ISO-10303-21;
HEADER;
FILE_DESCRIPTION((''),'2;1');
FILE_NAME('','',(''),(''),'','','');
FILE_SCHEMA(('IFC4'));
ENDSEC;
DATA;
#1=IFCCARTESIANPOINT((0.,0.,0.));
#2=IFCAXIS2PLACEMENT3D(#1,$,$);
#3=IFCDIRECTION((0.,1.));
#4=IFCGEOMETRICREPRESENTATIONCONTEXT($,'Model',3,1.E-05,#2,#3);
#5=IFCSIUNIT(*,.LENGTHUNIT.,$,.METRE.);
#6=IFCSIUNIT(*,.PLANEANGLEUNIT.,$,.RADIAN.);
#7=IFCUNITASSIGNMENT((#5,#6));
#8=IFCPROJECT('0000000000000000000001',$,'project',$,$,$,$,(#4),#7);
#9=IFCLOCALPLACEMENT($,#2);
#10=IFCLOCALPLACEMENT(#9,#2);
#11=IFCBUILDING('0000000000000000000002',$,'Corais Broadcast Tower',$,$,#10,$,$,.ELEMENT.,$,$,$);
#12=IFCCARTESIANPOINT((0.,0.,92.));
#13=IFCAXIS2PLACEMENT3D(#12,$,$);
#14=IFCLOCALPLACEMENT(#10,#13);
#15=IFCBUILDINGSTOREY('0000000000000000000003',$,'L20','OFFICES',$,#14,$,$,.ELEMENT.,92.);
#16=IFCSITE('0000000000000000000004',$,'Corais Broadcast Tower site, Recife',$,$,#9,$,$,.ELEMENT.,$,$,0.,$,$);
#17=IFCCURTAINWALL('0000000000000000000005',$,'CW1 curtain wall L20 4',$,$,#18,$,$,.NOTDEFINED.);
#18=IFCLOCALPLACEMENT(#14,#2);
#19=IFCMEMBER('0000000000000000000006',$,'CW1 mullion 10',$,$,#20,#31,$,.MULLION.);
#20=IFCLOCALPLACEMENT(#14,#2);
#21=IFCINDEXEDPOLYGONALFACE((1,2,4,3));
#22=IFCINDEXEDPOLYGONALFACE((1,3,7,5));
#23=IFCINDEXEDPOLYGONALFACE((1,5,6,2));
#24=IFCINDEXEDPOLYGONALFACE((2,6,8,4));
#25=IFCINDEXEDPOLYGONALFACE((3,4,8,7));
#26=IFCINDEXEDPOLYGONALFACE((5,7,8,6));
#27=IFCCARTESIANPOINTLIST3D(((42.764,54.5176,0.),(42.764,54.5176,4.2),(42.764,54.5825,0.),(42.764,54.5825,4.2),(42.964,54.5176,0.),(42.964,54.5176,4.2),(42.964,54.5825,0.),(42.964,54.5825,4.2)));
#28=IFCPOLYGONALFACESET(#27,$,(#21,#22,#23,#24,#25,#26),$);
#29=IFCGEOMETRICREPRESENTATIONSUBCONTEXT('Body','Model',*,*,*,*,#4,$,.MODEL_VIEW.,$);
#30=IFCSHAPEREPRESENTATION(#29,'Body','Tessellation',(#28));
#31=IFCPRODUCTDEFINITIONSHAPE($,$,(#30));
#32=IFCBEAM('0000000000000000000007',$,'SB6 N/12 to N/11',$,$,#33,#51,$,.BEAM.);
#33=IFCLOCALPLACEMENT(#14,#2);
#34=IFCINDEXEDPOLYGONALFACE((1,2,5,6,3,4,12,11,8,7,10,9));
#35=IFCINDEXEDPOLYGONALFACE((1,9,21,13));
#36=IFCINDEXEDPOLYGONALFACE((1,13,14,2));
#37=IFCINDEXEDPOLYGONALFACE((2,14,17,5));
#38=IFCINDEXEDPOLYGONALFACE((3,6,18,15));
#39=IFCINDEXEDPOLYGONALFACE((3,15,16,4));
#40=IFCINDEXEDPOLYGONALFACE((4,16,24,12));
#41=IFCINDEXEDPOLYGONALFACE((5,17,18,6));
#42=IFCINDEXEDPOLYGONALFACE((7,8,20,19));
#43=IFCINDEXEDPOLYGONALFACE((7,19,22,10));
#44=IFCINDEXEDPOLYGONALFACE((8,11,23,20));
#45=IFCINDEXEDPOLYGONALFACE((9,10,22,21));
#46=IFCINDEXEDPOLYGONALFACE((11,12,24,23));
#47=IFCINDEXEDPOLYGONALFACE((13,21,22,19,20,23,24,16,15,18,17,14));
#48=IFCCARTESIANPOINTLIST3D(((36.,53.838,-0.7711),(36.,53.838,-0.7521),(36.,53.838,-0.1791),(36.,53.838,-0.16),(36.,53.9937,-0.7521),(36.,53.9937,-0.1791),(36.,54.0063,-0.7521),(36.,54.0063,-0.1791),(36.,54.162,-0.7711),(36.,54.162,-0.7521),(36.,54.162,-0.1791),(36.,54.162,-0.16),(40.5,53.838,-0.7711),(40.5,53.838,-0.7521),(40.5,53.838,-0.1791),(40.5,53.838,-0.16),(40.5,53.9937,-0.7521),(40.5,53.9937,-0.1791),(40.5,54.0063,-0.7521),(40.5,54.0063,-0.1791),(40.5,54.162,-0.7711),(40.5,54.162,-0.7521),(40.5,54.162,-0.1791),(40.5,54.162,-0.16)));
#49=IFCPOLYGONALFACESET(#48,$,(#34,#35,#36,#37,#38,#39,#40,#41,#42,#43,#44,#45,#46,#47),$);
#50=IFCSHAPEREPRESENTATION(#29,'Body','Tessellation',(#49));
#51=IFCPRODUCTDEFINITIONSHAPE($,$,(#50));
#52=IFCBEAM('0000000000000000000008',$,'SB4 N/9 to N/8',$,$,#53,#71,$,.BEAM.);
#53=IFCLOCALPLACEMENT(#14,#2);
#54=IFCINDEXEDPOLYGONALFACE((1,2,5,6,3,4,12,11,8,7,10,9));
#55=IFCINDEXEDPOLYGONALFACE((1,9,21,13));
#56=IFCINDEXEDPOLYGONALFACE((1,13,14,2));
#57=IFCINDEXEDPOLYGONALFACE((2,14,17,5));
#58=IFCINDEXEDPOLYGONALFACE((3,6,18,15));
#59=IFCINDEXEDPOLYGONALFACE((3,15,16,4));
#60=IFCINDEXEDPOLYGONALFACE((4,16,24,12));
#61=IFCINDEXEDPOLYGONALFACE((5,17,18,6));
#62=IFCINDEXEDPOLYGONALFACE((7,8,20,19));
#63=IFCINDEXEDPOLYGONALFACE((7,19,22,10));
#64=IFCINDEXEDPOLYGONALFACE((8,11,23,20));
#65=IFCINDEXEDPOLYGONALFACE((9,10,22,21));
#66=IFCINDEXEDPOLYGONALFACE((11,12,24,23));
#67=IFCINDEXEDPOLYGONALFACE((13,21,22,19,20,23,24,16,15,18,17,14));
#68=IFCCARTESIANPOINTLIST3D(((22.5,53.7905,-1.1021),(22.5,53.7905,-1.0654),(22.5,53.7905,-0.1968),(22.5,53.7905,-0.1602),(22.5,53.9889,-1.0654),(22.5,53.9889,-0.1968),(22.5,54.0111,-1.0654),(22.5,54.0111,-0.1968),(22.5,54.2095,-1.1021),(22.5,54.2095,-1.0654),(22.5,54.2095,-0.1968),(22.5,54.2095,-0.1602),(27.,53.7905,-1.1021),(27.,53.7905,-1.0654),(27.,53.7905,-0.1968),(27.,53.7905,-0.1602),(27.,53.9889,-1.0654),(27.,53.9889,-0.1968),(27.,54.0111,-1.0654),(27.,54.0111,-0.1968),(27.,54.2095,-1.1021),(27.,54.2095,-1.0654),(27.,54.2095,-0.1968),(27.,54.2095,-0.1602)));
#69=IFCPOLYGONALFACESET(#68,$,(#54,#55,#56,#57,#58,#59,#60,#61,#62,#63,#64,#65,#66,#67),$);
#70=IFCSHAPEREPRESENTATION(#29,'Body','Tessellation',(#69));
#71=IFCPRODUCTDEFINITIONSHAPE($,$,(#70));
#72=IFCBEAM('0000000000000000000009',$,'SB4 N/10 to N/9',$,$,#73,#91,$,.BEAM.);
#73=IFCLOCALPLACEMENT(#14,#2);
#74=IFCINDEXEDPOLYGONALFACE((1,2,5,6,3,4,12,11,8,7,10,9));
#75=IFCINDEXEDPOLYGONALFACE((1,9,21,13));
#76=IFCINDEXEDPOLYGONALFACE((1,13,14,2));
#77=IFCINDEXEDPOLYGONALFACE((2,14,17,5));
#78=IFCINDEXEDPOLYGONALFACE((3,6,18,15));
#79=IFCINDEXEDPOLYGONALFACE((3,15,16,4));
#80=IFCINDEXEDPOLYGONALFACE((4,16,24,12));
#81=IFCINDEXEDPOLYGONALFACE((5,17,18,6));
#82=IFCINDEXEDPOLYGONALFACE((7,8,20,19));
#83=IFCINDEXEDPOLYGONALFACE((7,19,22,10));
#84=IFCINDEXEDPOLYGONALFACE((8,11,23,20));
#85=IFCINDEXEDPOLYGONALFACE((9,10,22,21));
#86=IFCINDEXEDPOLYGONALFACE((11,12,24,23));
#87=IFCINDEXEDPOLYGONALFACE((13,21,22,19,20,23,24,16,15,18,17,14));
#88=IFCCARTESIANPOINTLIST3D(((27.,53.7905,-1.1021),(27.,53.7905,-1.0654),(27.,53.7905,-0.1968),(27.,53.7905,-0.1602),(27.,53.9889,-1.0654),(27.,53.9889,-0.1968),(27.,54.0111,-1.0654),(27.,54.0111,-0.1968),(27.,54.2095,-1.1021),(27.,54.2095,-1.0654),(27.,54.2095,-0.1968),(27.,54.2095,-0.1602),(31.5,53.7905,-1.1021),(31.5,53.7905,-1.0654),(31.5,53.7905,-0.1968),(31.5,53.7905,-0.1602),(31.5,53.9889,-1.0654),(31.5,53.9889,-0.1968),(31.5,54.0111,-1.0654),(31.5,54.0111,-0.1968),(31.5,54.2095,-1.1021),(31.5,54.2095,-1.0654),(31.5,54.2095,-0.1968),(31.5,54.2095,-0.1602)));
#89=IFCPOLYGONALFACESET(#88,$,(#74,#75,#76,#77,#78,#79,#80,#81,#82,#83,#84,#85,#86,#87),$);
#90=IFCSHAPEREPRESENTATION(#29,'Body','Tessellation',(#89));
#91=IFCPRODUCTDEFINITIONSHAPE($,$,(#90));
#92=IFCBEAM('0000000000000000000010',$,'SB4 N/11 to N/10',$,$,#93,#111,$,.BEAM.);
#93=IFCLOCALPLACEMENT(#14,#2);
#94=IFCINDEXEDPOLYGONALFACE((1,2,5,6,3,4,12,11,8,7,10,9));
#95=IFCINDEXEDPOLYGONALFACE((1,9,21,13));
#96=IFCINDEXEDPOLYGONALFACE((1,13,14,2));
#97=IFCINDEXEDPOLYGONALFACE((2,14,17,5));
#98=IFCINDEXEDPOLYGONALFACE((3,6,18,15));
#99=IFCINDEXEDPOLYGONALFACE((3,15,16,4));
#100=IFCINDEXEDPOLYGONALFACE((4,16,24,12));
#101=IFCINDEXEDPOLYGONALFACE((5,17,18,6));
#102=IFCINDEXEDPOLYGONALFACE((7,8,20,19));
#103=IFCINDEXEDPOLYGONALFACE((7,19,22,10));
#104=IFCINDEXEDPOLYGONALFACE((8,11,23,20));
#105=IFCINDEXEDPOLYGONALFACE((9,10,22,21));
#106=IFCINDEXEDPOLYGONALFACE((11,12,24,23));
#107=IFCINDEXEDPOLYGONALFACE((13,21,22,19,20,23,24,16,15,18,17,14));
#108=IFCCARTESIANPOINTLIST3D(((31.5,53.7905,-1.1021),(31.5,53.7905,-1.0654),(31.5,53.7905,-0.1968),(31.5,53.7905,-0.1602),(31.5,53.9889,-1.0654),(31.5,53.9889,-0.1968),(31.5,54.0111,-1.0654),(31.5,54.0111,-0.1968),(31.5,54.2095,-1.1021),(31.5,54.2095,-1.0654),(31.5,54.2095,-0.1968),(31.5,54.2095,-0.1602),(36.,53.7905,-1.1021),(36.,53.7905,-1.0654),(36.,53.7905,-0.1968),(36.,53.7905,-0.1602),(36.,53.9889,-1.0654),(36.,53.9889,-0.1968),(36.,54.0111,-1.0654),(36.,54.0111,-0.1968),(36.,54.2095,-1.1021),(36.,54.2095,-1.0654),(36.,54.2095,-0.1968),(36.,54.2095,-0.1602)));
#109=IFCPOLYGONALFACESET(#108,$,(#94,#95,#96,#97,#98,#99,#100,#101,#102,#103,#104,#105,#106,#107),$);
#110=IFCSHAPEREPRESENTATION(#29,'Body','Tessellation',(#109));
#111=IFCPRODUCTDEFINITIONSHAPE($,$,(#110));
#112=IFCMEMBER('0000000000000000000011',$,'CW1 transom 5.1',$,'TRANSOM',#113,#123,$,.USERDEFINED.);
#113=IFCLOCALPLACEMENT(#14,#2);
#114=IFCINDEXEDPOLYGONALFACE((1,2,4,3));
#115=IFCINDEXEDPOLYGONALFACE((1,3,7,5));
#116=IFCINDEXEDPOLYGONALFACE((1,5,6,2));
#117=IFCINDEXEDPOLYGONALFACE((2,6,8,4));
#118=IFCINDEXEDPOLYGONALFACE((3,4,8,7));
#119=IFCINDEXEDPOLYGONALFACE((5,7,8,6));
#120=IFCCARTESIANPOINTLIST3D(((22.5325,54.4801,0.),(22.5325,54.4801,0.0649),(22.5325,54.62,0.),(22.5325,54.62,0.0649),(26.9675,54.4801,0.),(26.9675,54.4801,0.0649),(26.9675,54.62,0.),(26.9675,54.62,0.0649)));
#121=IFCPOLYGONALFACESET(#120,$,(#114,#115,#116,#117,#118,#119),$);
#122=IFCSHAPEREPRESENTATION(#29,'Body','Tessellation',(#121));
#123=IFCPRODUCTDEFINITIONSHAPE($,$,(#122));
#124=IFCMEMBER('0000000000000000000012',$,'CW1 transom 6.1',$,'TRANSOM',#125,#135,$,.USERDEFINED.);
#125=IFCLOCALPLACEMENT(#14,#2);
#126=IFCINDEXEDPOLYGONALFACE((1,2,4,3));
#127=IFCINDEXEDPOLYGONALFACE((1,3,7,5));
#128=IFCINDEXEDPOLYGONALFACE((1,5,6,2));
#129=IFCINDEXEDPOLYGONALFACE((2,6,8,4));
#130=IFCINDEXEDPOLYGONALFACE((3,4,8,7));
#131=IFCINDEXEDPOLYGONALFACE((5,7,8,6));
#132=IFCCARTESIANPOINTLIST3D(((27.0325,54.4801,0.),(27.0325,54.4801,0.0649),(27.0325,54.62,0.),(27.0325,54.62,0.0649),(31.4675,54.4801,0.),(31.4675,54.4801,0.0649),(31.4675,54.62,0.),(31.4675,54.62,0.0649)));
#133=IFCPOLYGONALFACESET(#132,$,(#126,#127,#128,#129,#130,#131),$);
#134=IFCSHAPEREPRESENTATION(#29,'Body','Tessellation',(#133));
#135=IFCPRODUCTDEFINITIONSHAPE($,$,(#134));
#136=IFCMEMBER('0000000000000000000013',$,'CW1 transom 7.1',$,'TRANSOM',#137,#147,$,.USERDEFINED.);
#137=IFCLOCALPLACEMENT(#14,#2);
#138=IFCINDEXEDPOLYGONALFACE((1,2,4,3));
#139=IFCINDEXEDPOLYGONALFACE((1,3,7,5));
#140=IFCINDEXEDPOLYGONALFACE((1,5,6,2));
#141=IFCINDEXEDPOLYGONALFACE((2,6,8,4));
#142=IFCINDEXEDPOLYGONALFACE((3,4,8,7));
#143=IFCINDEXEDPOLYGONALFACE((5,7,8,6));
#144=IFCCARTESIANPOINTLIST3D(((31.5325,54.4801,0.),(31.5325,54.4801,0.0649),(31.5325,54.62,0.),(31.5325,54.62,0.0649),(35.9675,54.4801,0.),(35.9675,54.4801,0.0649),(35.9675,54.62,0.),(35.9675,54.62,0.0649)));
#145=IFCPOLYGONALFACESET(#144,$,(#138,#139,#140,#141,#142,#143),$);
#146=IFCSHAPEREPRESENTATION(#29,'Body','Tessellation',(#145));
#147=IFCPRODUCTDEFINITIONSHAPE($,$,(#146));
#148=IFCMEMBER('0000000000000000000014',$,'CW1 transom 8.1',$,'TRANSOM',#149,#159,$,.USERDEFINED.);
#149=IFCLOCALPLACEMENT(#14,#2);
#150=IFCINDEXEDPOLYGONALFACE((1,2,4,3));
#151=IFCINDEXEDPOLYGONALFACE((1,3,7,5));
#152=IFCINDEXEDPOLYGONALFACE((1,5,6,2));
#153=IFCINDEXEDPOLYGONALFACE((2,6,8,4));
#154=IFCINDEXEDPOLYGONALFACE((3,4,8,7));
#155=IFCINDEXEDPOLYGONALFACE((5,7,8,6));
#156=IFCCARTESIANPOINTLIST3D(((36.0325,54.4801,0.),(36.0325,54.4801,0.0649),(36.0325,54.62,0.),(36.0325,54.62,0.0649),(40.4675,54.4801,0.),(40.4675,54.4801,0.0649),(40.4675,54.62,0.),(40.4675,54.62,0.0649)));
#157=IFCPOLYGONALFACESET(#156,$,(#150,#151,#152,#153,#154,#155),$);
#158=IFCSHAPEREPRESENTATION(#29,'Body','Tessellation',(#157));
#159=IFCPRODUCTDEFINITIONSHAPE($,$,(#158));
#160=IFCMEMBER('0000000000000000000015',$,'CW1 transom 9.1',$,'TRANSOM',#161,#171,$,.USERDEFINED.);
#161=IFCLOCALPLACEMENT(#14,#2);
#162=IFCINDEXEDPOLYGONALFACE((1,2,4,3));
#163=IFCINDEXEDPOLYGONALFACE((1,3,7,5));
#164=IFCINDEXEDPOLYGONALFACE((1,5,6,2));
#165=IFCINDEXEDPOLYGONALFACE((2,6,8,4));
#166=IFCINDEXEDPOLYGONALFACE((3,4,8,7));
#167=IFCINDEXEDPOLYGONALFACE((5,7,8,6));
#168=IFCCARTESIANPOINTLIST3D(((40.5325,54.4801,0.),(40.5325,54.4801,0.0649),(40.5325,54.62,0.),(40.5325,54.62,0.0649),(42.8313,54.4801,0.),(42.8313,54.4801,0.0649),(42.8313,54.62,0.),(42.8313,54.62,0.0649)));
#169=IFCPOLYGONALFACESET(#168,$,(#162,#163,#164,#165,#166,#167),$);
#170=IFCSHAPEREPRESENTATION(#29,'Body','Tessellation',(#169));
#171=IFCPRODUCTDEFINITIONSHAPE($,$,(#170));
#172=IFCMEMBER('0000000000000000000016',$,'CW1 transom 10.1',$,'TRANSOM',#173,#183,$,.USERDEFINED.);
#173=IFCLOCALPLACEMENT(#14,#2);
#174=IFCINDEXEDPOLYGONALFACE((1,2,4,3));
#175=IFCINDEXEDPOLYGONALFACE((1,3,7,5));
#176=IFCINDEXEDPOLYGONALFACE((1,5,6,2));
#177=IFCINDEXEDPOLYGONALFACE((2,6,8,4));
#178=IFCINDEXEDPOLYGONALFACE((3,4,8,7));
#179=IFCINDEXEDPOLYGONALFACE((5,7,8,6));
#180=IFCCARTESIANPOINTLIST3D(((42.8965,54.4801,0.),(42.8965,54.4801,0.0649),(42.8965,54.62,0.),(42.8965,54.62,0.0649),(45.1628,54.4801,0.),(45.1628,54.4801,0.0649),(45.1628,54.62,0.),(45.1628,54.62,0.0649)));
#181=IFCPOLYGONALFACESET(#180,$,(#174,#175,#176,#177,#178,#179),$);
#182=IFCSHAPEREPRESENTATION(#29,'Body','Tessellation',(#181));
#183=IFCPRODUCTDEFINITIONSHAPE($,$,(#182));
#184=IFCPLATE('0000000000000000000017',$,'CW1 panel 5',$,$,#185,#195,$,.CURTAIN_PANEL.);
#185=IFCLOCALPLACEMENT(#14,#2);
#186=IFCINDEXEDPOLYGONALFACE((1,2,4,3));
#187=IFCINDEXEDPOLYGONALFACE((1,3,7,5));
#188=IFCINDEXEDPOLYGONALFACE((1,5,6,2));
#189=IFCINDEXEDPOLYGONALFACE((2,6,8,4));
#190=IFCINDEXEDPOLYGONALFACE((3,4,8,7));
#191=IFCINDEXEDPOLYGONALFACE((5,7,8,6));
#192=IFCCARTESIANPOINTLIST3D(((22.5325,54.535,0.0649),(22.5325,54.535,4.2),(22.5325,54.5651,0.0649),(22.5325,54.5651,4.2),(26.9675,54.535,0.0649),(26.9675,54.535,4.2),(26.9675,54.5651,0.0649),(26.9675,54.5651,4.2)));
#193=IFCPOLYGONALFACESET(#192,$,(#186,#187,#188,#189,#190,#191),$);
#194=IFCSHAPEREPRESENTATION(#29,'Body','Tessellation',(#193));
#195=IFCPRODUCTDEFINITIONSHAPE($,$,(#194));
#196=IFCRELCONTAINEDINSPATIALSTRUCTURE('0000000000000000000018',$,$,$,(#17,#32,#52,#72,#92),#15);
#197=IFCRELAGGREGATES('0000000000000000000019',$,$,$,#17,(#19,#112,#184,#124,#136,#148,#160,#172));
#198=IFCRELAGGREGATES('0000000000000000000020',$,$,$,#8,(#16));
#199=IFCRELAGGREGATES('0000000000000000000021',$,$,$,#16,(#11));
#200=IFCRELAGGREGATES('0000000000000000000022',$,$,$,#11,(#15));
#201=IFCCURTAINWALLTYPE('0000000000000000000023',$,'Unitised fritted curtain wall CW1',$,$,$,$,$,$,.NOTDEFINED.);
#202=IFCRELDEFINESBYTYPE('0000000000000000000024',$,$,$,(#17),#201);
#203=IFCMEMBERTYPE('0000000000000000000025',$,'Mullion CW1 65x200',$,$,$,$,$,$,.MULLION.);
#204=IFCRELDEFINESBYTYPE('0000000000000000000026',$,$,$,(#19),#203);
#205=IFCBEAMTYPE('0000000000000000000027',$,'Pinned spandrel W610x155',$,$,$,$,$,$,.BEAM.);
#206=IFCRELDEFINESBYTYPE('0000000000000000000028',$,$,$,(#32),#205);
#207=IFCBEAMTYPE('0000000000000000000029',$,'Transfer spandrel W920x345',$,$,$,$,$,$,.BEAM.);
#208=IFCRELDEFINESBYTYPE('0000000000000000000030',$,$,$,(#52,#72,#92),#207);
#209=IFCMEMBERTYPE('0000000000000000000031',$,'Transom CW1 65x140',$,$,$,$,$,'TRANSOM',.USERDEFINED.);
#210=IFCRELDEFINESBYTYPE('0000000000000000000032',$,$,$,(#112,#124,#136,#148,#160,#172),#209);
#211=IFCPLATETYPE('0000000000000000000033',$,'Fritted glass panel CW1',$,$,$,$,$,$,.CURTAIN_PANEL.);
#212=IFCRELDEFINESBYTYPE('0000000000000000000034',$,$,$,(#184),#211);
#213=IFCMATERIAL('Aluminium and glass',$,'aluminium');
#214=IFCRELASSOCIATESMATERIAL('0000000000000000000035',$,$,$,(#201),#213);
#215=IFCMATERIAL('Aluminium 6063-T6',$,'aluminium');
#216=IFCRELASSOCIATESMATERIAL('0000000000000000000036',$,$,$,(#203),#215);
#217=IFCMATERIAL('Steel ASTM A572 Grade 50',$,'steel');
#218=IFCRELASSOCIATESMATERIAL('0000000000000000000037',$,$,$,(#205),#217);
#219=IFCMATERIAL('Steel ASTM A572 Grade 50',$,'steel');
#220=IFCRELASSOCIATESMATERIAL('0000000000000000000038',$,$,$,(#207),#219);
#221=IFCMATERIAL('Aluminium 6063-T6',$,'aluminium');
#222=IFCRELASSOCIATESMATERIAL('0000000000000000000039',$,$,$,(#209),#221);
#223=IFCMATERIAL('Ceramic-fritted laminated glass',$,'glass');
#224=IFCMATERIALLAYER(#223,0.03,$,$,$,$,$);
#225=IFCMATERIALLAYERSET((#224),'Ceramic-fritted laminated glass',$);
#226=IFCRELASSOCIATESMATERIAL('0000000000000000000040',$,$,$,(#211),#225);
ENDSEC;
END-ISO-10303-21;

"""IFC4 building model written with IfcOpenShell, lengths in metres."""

from ifc_helpers import new_model, si_unit, direction, frame, origin, origin_2d, place, context, subcontext, project, spatial, rectangle, i_section, extrude, material, layer, layer_set, material_profile, profile_set, type_object, element, aggregate, save


model = new_model("IFC4")

# Units and contexts
model_context = context("Model", 3, precision=1e-05, world=origin(), true_north=direction((0.0, 1.0)))
body_context = subcontext(model_context, "Body", "Model", "MODEL_VIEW")
ifc_project = project(units=[si_unit("LENGTHUNIT", "METRE"), si_unit("PLANEANGLEUNIT", "RADIAN")], contexts=[model_context])

# Site, building, storey
site_placement = place(None, origin())
site = spatial("IfcSite", under=ifc_project, at=site_placement, Name="Corais Broadcast Tower site, Recife", CompositionType="ELEMENT", RefElevation=0.0)
building_placement = place(site_placement, origin())
building = spatial("IfcBuilding", under=site, at=building_placement, Name="Corais Broadcast Tower", CompositionType="ELEMENT")
storey_placement = place(building_placement, frame((0.0, 0.0, 92.0)))
storey = spatial("IfcBuildingStorey", under=building, at=storey_placement, Name="L20", Description="OFFICES", CompositionType="ELEMENT", Elevation=92.0)

# Curtain wall, member
ifc_material_1 = material(Name="Aluminium and glass", Category="aluminium")
curtain_wall_type = type_object("IfcCurtainWallType", Name="Unitised fritted curtain wall CW1", PredefinedType="NOTDEFINED", material=ifc_material_1)
curtain_wall_placement = place(storey_placement, origin())
curtain_wall = element("IfcCurtainWall", 1, at=curtain_wall_placement, inside=storey, type_object=curtain_wall_type, Name="CW1 curtain wall L20 4", PredefinedType="NOTDEFINED")
ifc_material_2 = material(Name="Aluminium 6063-T6", Category="aluminium")
ifc_material_profile_1 = material_profile(ifc_material_2, rectangle(XDim=0.0649, YDim=0.2, at=origin_2d()), Name="Mullion CW1 65x200")
ifc_profile_set_1 = profile_set([ifc_material_profile_1], Name="Aluminium 6063-T6")
member_type_1 = type_object("IfcMemberType", Name="Mullion CW1 65x200", PredefinedType="MULLION", material=ifc_profile_set_1)
member_1_placement = place(storey_placement, frame((42.864, 54.55, 0.0), z_axis=(0.0, 0.0, 1.0), x_axis=(0.0, 1.0, 0.0)))
member_1 = element("IfcMember", 2, at=member_1_placement, type_object=member_type_1, Name="CW1 mullion 10", PredefinedType="MULLION", context=body_context, shape_type="SweptSolid", body=[
    extrude(rectangle(XDim=0.0649, YDim=0.2, at=origin_2d()), origin(), (0.0, 0.0, 1.0), 4.2),
])

# Beams
ifc_material_3 = material(Name="Steel ASTM A572 Grade 50", Category="steel")
ifc_material_profile_2 = material_profile(ifc_material_3, i_section(OverallWidth=0.324, OverallDepth=0.6111, WebThickness=0.0127, FlangeThickness=0.019, at=origin_2d()), Name="W610x155")
ifc_profile_set_2 = profile_set([ifc_material_profile_2], Name="Steel ASTM A572 Grade 50")
beam_type_1 = type_object("IfcBeamType", Name="Pinned spandrel W610x155", PredefinedType="BEAM", material=ifc_profile_set_2)
beam_placement = place(storey_placement, frame((40.5, 54.0, -0.4656), z_axis=(-1.0, 0.0, 0.0), x_axis=(0.0, -1.0, 0.0)))
element("IfcBeam", 3, at=beam_placement, inside=storey, type_object=beam_type_1, Name="SB6 N/12 to N/11", PredefinedType="BEAM", context=body_context, shape_type="SweptSolid", body=[
    extrude(i_section(OverallWidth=0.324, OverallDepth=0.6111, WebThickness=0.0127, FlangeThickness=0.019, at=origin_2d()), origin(), (0.0, 0.0, 1.0), 4.5),
])
ifc_material_4 = material(Name="Steel ASTM A572 Grade 50", Category="steel")
ifc_material_profile_3 = material_profile(ifc_material_4, i_section(OverallWidth=0.4189, OverallDepth=0.9419, WebThickness=0.0222, FlangeThickness=0.0366, at=origin_2d()), Name="W920x345")
ifc_profile_set_3 = profile_set([ifc_material_profile_3], Name="Steel ASTM A572 Grade 50")
beam_type_2 = type_object("IfcBeamType", Name="Transfer spandrel W920x345", PredefinedType="BEAM", material=ifc_profile_set_3)
for number, where, z_axis, x_axis, name in (
    (4, (27.0, 54.0, -0.6311), (-1.0, 0.0, 0.0), (0.0, -1.0, 0.0), "SB4 N/9 to N/8"),
    (5, (31.5, 54.0, -0.6311), (-1.0, 0.0, 0.0), (0.0, -1.0, 0.0), "SB4 N/10 to N/9"),
    (6, (36.0, 54.0, -0.6311), (-1.0, 0.0, 0.0), (0.0, -1.0, 0.0), "SB4 N/11 to N/10"),
):
    element("IfcBeam", number, at=place(storey_placement, frame(where, z_axis=z_axis, x_axis=x_axis)), inside=storey, type_object=beam_type_2, Name=name, PredefinedType="BEAM", context=body_context, shape_type="SweptSolid", body=[
        extrude(i_section(OverallWidth=0.4189, OverallDepth=0.9419, WebThickness=0.0222, FlangeThickness=0.0366, at=origin_2d()), origin(), (0.0, 0.0, 1.0), 4.5),
    ])

# Members
ifc_material_5 = material(Name="Aluminium 6063-T6", Category="aluminium")
ifc_material_profile_4 = material_profile(ifc_material_5, rectangle(XDim=0.1399, YDim=0.0649, at=origin_2d()), Name="Transom CW1 65x140")
ifc_profile_set_4 = profile_set([ifc_material_profile_4], Name="Aluminium 6063-T6")
member_type_2 = type_object("IfcMemberType", Name="Transom CW1 65x140", ElementType="TRANSOM", PredefinedType="USERDEFINED", material=ifc_profile_set_4)
member_2_placement = place(storey_placement, frame((22.5325, 54.55, 0.0325), z_axis=(1.0, 0.0, 0.0), x_axis=(0.0, 1.0, 0.0)))
member_2 = element("IfcMember", 7, at=member_2_placement, type_object=member_type_2, Name="CW1 transom 5.1", ObjectType="TRANSOM", PredefinedType="USERDEFINED", context=body_context, shape_type="SweptSolid", body=[
    extrude(rectangle(XDim=0.1399, YDim=0.0649, at=origin_2d()), origin(), (0.0, 0.0, 1.0), 4.4351),
])
member_3_placement = place(storey_placement, frame((27.0325, 54.55, 0.0325), z_axis=(1.0, 0.0, 0.0), x_axis=(0.0, 1.0, 0.0)))
member_3 = element("IfcMember", 8, at=member_3_placement, type_object=member_type_2, Name="CW1 transom 6.1", ObjectType="TRANSOM", PredefinedType="USERDEFINED", context=body_context, shape_type="SweptSolid", body=[
    extrude(rectangle(XDim=0.1399, YDim=0.0649, at=origin_2d()), origin(), (0.0, 0.0, 1.0), 4.4351),
])
member_4_placement = place(storey_placement, frame((31.5325, 54.55, 0.0325), z_axis=(1.0, 0.0, 0.0), x_axis=(0.0, 1.0, 0.0)))
member_4 = element("IfcMember", 9, at=member_4_placement, type_object=member_type_2, Name="CW1 transom 7.1", ObjectType="TRANSOM", PredefinedType="USERDEFINED", context=body_context, shape_type="SweptSolid", body=[
    extrude(rectangle(XDim=0.1399, YDim=0.0649, at=origin_2d()), origin(), (0.0, 0.0, 1.0), 4.4351),
])
member_5_placement = place(storey_placement, frame((36.0325, 54.55, 0.0325), z_axis=(1.0, 0.0, 0.0), x_axis=(0.0, 1.0, 0.0)))
member_5 = element("IfcMember", 10, at=member_5_placement, type_object=member_type_2, Name="CW1 transom 8.1", ObjectType="TRANSOM", PredefinedType="USERDEFINED", context=body_context, shape_type="SweptSolid", body=[
    extrude(rectangle(XDim=0.1399, YDim=0.0649, at=origin_2d()), origin(), (0.0, 0.0, 1.0), 4.4351),
])
member_6_placement = place(storey_placement, frame((40.5325, 54.55, 0.0325), z_axis=(1.0, 0.0, 0.0), x_axis=(0.0, 1.0, 0.0)))
member_6 = element("IfcMember", 11, at=member_6_placement, type_object=member_type_2, Name="CW1 transom 9.1", ObjectType="TRANSOM", PredefinedType="USERDEFINED", context=body_context, shape_type="SweptSolid", body=[
    extrude(rectangle(XDim=0.1399, YDim=0.0649, at=origin_2d()), origin(), (0.0, 0.0, 1.0), 2.2988),
])
member_7_placement = place(storey_placement, frame((42.8965, 54.55, 0.0325), z_axis=(1.0, 0.0, 0.0), x_axis=(0.0, 1.0, 0.0)))
member_7 = element("IfcMember", 12, at=member_7_placement, type_object=member_type_2, Name="CW1 transom 10.1", ObjectType="TRANSOM", PredefinedType="USERDEFINED", context=body_context, shape_type="SweptSolid", body=[
    extrude(rectangle(XDim=0.1399, YDim=0.0649, at=origin_2d()), origin(), (0.0, 0.0, 1.0), 2.2664),
])

# Plate
ifc_material_6 = material(Name="Ceramic-fritted laminated glass", Category="glass")
ifc_layer_1 = layer(ifc_material_6, 0.03)
ifc_layer_set_1 = layer_set([ifc_layer_1], Name="Ceramic-fritted laminated glass")
plate_type_1 = type_object("IfcPlateType", Name="Fritted glass panel CW1", PredefinedType="CURTAIN_PANEL", material=ifc_layer_set_1)
plate_1_placement = place(storey_placement, frame((24.75, 54.55, 0.0649), z_axis=(0.0, 0.0, 1.0), x_axis=(1.0, 0.0, 0.0)))
plate_1 = element("IfcPlate", 13, at=plate_1_placement, type_object=plate_type_1, Name="CW1 panel 5", PredefinedType="CURTAIN_PANEL", context=body_context, shape_type="SweptSolid", body=[
    extrude(rectangle(XDim=4.4351, YDim=0.03, at=origin_2d()), origin(), (0.0, 0.0, 1.0), 4.135),
])
aggregate(curtain_wall, [member_1, member_2, plate_1, member_3, member_4, member_5, member_6, member_7])

save(model, "model.ifc")
